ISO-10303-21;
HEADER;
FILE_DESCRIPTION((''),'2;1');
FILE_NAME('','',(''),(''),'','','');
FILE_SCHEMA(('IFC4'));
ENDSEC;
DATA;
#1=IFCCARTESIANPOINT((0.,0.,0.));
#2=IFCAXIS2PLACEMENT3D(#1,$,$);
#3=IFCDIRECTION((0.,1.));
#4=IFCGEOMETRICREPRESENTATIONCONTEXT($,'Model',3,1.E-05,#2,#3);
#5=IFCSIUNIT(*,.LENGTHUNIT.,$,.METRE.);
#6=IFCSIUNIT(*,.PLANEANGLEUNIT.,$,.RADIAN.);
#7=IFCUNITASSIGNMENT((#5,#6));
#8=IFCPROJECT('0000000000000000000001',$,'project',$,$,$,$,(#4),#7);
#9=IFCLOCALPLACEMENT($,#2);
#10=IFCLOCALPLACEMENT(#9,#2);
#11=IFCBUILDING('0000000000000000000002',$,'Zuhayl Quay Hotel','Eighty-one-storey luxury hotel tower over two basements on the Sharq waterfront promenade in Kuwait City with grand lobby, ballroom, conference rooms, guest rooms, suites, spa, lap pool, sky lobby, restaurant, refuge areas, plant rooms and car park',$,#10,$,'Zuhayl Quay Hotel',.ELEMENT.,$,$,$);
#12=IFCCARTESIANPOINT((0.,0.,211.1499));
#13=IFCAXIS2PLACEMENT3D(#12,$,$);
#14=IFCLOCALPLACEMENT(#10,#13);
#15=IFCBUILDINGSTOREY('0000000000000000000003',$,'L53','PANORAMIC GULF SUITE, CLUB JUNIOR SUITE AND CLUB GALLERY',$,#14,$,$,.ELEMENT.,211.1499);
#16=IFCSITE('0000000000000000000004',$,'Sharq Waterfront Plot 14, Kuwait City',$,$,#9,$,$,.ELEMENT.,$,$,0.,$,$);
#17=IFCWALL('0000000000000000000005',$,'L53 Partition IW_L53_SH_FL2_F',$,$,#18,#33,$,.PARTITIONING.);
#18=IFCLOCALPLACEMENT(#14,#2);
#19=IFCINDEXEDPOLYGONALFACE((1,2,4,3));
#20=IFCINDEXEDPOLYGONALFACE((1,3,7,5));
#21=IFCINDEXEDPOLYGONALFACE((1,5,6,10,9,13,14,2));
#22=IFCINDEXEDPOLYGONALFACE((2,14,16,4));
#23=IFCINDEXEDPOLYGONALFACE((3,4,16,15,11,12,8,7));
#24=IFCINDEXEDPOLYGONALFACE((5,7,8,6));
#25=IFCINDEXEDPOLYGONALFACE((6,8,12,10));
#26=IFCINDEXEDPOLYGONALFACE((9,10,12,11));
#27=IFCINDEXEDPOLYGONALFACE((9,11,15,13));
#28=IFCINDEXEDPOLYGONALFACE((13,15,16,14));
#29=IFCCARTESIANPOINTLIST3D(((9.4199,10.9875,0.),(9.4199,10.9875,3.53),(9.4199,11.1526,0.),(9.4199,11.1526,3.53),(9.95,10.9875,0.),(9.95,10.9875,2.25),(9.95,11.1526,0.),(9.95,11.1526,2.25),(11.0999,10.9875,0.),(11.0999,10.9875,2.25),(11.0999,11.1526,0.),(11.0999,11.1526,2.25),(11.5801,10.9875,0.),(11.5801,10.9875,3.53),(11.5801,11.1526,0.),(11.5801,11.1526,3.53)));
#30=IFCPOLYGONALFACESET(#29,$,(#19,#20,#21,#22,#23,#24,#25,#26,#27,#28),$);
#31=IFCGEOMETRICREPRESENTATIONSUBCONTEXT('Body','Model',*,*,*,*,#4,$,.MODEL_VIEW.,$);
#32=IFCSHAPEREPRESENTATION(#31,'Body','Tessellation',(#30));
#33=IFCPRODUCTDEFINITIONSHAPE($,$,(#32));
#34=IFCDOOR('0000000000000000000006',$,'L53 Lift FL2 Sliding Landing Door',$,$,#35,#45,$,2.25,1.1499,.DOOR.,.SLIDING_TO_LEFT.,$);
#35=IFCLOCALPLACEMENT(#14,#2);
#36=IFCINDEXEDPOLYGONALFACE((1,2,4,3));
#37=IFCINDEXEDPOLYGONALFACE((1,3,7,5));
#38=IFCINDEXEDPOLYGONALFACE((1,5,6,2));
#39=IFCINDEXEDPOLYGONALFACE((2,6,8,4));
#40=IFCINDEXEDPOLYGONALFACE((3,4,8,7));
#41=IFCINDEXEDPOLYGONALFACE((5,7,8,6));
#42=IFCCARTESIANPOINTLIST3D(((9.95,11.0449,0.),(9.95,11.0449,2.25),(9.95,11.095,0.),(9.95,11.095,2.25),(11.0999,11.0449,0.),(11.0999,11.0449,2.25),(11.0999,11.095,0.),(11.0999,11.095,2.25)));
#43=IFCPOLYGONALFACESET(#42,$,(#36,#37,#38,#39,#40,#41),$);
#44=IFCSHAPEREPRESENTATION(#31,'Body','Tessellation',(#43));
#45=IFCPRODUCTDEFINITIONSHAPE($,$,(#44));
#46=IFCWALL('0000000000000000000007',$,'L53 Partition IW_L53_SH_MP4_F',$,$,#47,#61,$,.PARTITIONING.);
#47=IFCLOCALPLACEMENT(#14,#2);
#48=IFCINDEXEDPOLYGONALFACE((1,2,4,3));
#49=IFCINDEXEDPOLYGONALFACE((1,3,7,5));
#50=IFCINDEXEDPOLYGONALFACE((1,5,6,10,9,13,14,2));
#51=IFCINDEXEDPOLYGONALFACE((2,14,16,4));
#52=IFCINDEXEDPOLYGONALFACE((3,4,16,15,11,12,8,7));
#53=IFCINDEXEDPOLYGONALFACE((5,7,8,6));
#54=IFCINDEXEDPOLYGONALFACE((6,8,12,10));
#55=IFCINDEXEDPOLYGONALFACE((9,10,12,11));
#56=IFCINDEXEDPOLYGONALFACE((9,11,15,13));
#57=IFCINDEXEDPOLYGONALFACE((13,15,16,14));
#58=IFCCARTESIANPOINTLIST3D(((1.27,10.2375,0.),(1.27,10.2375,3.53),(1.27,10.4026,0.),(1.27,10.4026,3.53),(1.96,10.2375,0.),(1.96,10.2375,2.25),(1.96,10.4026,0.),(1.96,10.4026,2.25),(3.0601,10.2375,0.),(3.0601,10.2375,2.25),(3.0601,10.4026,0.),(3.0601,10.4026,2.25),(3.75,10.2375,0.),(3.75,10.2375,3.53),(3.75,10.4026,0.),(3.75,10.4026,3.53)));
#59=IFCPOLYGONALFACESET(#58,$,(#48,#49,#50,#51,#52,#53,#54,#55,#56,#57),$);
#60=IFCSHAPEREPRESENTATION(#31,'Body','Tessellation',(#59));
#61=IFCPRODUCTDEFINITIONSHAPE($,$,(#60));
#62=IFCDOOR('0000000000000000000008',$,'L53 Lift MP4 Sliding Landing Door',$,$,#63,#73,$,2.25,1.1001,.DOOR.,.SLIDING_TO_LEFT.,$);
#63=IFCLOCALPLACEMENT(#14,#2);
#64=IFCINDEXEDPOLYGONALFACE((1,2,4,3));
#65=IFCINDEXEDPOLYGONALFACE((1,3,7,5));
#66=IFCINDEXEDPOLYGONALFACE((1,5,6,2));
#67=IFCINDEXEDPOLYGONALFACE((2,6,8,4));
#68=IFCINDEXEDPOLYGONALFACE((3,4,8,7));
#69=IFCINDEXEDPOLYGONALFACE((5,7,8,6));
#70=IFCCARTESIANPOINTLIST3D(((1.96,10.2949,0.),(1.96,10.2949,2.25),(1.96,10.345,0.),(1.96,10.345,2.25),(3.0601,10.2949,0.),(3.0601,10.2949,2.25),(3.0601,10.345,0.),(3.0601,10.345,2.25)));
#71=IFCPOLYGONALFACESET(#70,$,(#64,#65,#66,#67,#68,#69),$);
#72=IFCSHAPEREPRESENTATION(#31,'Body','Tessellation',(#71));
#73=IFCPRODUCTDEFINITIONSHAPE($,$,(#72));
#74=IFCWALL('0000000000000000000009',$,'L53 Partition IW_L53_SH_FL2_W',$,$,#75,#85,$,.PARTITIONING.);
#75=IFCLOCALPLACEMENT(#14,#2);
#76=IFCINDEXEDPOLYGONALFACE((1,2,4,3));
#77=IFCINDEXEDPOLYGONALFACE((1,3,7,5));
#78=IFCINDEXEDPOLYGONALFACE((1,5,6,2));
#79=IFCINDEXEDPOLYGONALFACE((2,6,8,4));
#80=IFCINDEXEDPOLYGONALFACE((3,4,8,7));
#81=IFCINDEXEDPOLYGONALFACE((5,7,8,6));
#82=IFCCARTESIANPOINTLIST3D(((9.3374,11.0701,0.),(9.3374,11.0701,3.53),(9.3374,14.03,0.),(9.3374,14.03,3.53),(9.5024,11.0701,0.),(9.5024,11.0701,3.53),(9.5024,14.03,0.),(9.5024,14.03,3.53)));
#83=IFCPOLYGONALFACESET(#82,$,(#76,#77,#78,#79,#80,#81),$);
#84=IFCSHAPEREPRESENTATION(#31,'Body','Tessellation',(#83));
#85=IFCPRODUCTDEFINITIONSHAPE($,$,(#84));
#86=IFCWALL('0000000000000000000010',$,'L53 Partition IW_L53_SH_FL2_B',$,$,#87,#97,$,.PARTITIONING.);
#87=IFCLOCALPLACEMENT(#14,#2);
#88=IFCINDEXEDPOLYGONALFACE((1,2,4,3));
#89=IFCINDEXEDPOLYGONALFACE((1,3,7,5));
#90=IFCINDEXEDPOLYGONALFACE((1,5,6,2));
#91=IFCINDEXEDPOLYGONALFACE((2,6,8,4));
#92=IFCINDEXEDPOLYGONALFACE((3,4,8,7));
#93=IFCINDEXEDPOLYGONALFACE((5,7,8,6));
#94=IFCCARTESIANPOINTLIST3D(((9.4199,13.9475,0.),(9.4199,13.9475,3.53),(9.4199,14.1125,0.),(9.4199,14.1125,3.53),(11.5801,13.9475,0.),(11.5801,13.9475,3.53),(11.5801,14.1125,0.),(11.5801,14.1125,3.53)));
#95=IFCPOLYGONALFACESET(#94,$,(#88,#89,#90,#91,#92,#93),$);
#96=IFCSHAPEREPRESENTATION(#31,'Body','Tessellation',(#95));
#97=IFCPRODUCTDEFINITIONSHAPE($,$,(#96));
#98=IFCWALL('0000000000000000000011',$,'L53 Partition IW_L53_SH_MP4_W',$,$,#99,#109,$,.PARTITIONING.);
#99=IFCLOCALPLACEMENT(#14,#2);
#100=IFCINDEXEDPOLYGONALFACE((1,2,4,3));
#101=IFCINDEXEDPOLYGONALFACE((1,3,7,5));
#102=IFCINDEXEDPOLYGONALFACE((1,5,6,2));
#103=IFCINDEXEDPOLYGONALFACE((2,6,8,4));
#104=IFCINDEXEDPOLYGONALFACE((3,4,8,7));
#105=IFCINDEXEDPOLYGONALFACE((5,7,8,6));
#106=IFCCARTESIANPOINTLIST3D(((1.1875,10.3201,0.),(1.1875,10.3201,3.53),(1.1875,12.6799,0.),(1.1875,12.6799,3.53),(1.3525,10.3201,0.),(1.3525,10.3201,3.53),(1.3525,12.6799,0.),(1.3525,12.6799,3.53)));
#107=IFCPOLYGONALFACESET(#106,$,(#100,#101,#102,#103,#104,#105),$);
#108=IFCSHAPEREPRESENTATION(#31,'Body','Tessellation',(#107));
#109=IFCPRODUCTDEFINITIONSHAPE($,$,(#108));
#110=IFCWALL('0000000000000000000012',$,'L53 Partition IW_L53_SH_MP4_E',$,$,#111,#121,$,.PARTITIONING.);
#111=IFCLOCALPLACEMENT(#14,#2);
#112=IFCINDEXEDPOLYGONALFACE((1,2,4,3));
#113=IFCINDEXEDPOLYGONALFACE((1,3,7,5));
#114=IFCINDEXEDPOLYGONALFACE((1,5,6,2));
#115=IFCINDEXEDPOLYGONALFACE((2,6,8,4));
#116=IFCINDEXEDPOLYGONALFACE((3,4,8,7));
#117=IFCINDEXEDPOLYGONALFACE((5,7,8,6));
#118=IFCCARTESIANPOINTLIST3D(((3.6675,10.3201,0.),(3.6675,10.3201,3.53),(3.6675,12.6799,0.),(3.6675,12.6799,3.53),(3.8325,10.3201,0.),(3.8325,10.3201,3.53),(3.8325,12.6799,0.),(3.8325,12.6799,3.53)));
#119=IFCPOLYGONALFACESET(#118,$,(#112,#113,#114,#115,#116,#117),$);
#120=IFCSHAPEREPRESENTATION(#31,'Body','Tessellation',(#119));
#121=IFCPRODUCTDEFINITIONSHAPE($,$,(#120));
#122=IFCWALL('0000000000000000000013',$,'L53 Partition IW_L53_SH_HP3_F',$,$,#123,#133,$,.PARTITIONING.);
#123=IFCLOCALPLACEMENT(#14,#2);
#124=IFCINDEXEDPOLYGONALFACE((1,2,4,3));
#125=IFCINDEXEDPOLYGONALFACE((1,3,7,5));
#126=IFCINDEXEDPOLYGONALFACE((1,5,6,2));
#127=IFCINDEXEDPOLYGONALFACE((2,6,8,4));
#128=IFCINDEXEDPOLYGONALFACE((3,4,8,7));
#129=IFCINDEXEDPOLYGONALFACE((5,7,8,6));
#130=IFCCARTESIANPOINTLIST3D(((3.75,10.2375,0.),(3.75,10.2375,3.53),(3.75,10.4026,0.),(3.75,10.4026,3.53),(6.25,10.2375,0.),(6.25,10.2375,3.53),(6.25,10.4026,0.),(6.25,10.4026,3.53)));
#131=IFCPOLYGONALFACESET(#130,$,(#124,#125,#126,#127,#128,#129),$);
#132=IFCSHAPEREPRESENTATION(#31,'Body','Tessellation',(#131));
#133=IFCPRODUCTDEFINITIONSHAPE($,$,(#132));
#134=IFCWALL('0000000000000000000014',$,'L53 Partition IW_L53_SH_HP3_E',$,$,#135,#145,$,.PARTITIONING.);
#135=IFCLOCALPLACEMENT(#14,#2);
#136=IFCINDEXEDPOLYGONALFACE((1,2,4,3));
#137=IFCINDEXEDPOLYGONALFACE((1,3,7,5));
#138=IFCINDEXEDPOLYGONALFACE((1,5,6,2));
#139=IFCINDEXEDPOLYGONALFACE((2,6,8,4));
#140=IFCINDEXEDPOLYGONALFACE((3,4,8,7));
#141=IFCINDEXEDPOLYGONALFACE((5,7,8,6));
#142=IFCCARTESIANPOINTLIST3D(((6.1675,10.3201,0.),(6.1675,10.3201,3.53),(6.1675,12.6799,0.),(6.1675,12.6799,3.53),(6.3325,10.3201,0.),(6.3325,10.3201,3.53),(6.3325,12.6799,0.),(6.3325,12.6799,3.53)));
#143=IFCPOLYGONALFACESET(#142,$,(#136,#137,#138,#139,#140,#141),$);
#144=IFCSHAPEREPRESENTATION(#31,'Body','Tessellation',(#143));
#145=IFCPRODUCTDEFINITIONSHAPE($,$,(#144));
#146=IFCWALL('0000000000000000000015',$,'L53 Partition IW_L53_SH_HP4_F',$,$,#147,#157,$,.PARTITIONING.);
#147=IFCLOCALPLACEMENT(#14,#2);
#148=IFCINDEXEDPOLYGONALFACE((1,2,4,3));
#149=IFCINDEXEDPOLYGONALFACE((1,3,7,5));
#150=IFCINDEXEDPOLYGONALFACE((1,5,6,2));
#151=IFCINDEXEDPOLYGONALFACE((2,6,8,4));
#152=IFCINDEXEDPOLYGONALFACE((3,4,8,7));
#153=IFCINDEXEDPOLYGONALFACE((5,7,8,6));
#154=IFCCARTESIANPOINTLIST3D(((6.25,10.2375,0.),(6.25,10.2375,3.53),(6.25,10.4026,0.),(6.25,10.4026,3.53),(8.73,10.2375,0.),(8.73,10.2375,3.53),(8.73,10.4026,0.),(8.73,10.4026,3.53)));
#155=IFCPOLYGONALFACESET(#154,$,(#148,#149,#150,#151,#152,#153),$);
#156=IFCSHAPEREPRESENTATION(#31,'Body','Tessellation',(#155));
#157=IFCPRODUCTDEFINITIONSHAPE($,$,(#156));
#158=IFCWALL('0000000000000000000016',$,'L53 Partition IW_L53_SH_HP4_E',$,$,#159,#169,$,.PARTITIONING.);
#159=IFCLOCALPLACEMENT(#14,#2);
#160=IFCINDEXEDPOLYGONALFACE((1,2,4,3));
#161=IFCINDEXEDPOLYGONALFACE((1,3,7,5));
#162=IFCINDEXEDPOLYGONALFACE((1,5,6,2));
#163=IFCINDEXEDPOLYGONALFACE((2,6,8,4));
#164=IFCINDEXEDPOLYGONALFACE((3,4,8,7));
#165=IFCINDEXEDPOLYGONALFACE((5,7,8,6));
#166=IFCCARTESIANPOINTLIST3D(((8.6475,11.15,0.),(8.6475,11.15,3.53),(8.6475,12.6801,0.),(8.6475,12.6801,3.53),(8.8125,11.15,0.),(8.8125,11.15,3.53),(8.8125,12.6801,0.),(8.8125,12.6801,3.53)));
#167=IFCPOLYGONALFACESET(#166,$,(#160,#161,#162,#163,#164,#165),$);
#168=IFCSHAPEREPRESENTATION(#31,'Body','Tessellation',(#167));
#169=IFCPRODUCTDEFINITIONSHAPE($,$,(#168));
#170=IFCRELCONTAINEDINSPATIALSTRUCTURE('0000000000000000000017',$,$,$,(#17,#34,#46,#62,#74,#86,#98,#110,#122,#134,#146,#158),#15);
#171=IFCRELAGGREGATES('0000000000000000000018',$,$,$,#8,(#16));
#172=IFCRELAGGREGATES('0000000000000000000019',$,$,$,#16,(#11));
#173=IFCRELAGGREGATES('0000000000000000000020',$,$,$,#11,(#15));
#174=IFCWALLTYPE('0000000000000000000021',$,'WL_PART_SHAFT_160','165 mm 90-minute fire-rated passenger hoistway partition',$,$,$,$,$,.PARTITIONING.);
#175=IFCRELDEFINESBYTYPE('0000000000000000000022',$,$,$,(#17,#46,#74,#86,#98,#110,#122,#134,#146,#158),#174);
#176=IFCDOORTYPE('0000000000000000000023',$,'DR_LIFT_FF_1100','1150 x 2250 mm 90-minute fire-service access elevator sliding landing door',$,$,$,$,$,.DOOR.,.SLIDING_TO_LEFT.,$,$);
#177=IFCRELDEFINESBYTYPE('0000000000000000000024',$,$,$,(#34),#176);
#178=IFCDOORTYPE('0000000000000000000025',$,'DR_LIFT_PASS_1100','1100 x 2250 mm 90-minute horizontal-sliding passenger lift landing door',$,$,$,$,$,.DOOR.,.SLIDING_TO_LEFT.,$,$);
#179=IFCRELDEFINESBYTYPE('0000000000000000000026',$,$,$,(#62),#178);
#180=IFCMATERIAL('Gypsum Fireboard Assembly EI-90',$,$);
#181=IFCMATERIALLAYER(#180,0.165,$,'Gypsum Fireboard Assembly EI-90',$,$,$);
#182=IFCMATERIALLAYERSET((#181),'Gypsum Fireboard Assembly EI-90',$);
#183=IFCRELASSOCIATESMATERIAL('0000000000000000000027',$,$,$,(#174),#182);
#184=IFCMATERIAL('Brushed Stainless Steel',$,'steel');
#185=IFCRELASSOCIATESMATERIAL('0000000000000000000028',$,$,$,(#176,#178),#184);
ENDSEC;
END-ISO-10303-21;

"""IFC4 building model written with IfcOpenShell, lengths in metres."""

from ifc_helpers import new_model, si_unit, direction, frame, frame_2d, origin, place, context, subcontext, project, spatial, rectangle, extrude, material, layer, layer_set, type_object, element, fill, save


model = new_model("IFC4")

# Units and contexts
model_context = context("Model", 3, precision=1e-05, world=origin(), true_north=direction((0.0, 1.0)))
body_context = subcontext(model_context, "Body", "Model", "MODEL_VIEW")
ifc_project = project(units=[si_unit("LENGTHUNIT", "METRE"), si_unit("PLANEANGLEUNIT", "RADIAN")], contexts=[model_context])

# Site, building, storey
site_placement = place(None, origin())
site = spatial("IfcSite", under=ifc_project, at=site_placement, Name="Sharq Waterfront Plot 14, Kuwait City", CompositionType="ELEMENT", RefElevation=0.0)
building_placement = place(site_placement, origin())
building = spatial("IfcBuilding", under=site, at=building_placement, Name="Zuhayl Quay Hotel", Description="Eighty-one-storey luxury hotel tower over two basements on the Sharq waterfront promenade in Kuwait City with grand lobby, ballroom, conference rooms, guest rooms, suites, spa, lap pool, sky lobby, restaurant, refuge areas, plant rooms and car park", LongName="Zuhayl Quay Hotel", CompositionType="ELEMENT")
storey_placement = place(building_placement, frame((0.0, 0.0, 211.1499)))
storey = spatial("IfcBuildingStorey", under=building, at=storey_placement, Name="L53", Description="PANORAMIC GULF SUITE, CLUB JUNIOR SUITE AND CLUB GALLERY", CompositionType="ELEMENT", Elevation=211.1499)

# Walls, openings, doors
ifc_material_1 = material(Name="Gypsum Fireboard Assembly EI-90")
ifc_layer_1 = layer(ifc_material_1, 0.165, Name="Gypsum Fireboard Assembly EI-90")
ifc_layer_set_1 = layer_set([ifc_layer_1], Name="Gypsum Fireboard Assembly EI-90")
wall_type_1 = type_object("IfcWallType", Name="WL_PART_SHAFT_160", Description="165 mm 90-minute fire-rated passenger hoistway partition", PredefinedType="PARTITIONING", material=ifc_layer_set_1)
wall_1_placement = place(storey_placement, frame((9.4199, 11.0701, 0.0), z_axis=(0.0, 0.0, 1.0), x_axis=(1.0, 0.0, 0.0)))
wall_1 = element("IfcWall", 1, at=wall_1_placement, inside=storey, type_object=wall_type_1, Name="L53 Partition IW_L53_SH_FL2_F", PredefinedType="PARTITIONING", context=body_context, shape_type="SweptSolid", body=[
    extrude(rectangle(XDim=2.1602, YDim=0.165, at=frame_2d((1.0801, 0.0))), origin(), (0.0, 0.0, 1.0), 3.53),
])
opening_1_placement = place(wall_1_placement, frame((0.53, 0.0, 0.0)))
opening_1 = element("IfcOpeningElement", 2, at=opening_1_placement, cuts=wall_1, PredefinedType="OPENING", context=body_context, shape_type="SweptSolid", body=[
    extrude(rectangle(XDim=1.1499, YDim=2.25, at=frame_2d((0.575, 1.125))), frame((0.0, 0.0925, 0.0), z_axis=(0.0, -1.0, 0.0), x_axis=(1.0, 0.0, 0.0)), (0.0, 0.0, 1.0), 0.1851),
])
ifc_material_2 = material(Name="Brushed Stainless Steel", Category="steel")
door_type_1 = type_object("IfcDoorType", Name="DR_LIFT_FF_1100", Description="1150 x 2250 mm 90-minute fire-service access elevator sliding landing door", OperationType="SLIDING_TO_LEFT", PredefinedType="DOOR", material=ifc_material_2)
door_1_placement = place(opening_1_placement, origin())
door_1 = element("IfcDoor", 3, at=door_1_placement, inside=storey, type_object=door_type_1, Name="L53 Lift FL2 Sliding Landing Door", OperationType="SLIDING_TO_LEFT", OverallHeight=2.25, OverallWidth=1.1499, PredefinedType="DOOR", context=body_context, shape_type="SweptSolid", body=[
    extrude(rectangle(XDim=1.1499, YDim=2.25, at=frame_2d((0.575, 1.125))), frame((0.0, 0.0249, 0.0), z_axis=(0.0, -1.0, 0.0), x_axis=(1.0, 0.0, 0.0)), (0.0, 0.0, 1.0), 0.05),
])
fill(opening_1, door_1)
wall_2_placement = place(storey_placement, frame((1.27, 10.3201, 0.0), z_axis=(0.0, 0.0, 1.0), x_axis=(1.0, 0.0, 0.0)))
wall_2 = element("IfcWall", 4, at=wall_2_placement, inside=storey, type_object=wall_type_1, Name="L53 Partition IW_L53_SH_MP4_F", PredefinedType="PARTITIONING", context=body_context, shape_type="SweptSolid", body=[
    extrude(rectangle(XDim=2.48, YDim=0.165, at=frame_2d((1.24, 0.0))), origin(), (0.0, 0.0, 1.0), 3.53),
])
opening_2_placement = place(wall_2_placement, frame((0.6899, 0.0, 0.0)))
opening_2 = element("IfcOpeningElement", 5, at=opening_2_placement, cuts=wall_2, PredefinedType="OPENING", context=body_context, shape_type="SweptSolid", body=[
    extrude(rectangle(XDim=1.1001, YDim=2.25, at=frame_2d((0.55, 1.125))), frame((0.0, 0.0925, 0.0), z_axis=(0.0, -1.0, 0.0), x_axis=(1.0, 0.0, 0.0)), (0.0, 0.0, 1.0), 0.1851),
])
door_type_2 = type_object("IfcDoorType", Name="DR_LIFT_PASS_1100", Description="1100 x 2250 mm 90-minute horizontal-sliding passenger lift landing door", OperationType="SLIDING_TO_LEFT", PredefinedType="DOOR", material=ifc_material_2)
door_2_placement = place(opening_2_placement, origin())
door_2 = element("IfcDoor", 6, at=door_2_placement, inside=storey, type_object=door_type_2, Name="L53 Lift MP4 Sliding Landing Door", OperationType="SLIDING_TO_LEFT", OverallHeight=2.25, OverallWidth=1.1001, PredefinedType="DOOR", context=body_context, shape_type="SweptSolid", body=[
    extrude(rectangle(XDim=1.1001, YDim=2.25, at=frame_2d((0.55, 1.125))), frame((0.0, 0.0249, 0.0), z_axis=(0.0, -1.0, 0.0), x_axis=(1.0, 0.0, 0.0)), (0.0, 0.0, 1.0), 0.05),
])
fill(opening_2, door_2)

# Walls
wall_3_placement = place(storey_placement, frame((9.4199, 11.0701, 0.0), z_axis=(0.0, 0.0, 1.0), x_axis=(0.0, 1.0, 0.0)))
element("IfcWall", 7, at=wall_3_placement, inside=storey, type_object=wall_type_1, Name="L53 Partition IW_L53_SH_FL2_W", PredefinedType="PARTITIONING", context=body_context, shape_type="SweptSolid", body=[
    extrude(rectangle(XDim=2.96, YDim=0.165, at=frame_2d((1.48, 0.0))), origin(), (0.0, 0.0, 1.0), 3.53),
])
wall_4_placement = place(storey_placement, frame((9.4199, 14.03, 0.0), z_axis=(0.0, 0.0, 1.0), x_axis=(1.0, 0.0, 0.0)))
element("IfcWall", 8, at=wall_4_placement, inside=storey, type_object=wall_type_1, Name="L53 Partition IW_L53_SH_FL2_B", PredefinedType="PARTITIONING", context=body_context, shape_type="SweptSolid", body=[
    extrude(rectangle(XDim=2.1602, YDim=0.165, at=frame_2d((1.0801, 0.0))), origin(), (0.0, 0.0, 1.0), 3.53),
])
for number, where, z_axis, x_axis, name in (
    (9, (1.27, 10.3201, 0.0), (0.0, 0.0, 1.0), (0.0, 1.0, 0.0), "L53 Partition IW_L53_SH_MP4_W"),
    (10, (3.75, 10.3201, 0.0), (0.0, 0.0, 1.0), (0.0, 1.0, 0.0), "L53 Partition IW_L53_SH_MP4_E"),
):
    element("IfcWall", number, at=place(storey_placement, frame(where, z_axis=z_axis, x_axis=x_axis)), inside=storey, type_object=wall_type_1, Name=name, PredefinedType="PARTITIONING", context=body_context, shape_type="SweptSolid", body=[
        extrude(rectangle(XDim=2.3599, YDim=0.165, at=frame_2d((1.1799, 0.0))), origin(), (0.0, 0.0, 1.0), 3.53),
    ])
wall_5_placement = place(storey_placement, frame((3.75, 10.3201, 0.0), z_axis=(0.0, 0.0, 1.0), x_axis=(1.0, 0.0, 0.0)))
element("IfcWall", 11, at=wall_5_placement, inside=storey, type_object=wall_type_1, Name="L53 Partition IW_L53_SH_HP3_F", PredefinedType="PARTITIONING", context=body_context, shape_type="SweptSolid", body=[
    extrude(rectangle(XDim=2.5, YDim=0.165, at=frame_2d((1.25, 0.0))), origin(), (0.0, 0.0, 1.0), 3.53),
])
wall_6_placement = place(storey_placement, frame((6.25, 10.3201, 0.0), z_axis=(0.0, 0.0, 1.0), x_axis=(0.0, 1.0, 0.0)))
element("IfcWall", 12, at=wall_6_placement, inside=storey, type_object=wall_type_1, Name="L53 Partition IW_L53_SH_HP3_E", PredefinedType="PARTITIONING", context=body_context, shape_type="SweptSolid", body=[
    extrude(rectangle(XDim=2.3599, YDim=0.165, at=frame_2d((1.1799, 0.0))), origin(), (0.0, 0.0, 1.0), 3.53),
])
wall_7_placement = place(storey_placement, frame((6.25, 10.3201, 0.0), z_axis=(0.0, 0.0, 1.0), x_axis=(1.0, 0.0, 0.0)))
element("IfcWall", 13, at=wall_7_placement, inside=storey, type_object=wall_type_1, Name="L53 Partition IW_L53_SH_HP4_F", PredefinedType="PARTITIONING", context=body_context, shape_type="SweptSolid", body=[
    extrude(rectangle(XDim=2.48, YDim=0.165, at=frame_2d((1.24, 0.0))), origin(), (0.0, 0.0, 1.0), 3.53),
])
wall_8_placement = place(storey_placement, frame((8.73, 11.1499, 0.0), z_axis=(0.0, 0.0, 1.0), x_axis=(0.0, 1.0, 0.0)))
element("IfcWall", 14, at=wall_8_placement, inside=storey, type_object=wall_type_1, Name="L53 Partition IW_L53_SH_HP4_E", PredefinedType="PARTITIONING", context=body_context, shape_type="SweptSolid", body=[
    extrude(rectangle(XDim=1.53, YDim=0.165, at=frame_2d((0.7651, 0.0))), origin(), (0.0, 0.0, 1.0), 3.53),
])

save(model, "model.ifc")
